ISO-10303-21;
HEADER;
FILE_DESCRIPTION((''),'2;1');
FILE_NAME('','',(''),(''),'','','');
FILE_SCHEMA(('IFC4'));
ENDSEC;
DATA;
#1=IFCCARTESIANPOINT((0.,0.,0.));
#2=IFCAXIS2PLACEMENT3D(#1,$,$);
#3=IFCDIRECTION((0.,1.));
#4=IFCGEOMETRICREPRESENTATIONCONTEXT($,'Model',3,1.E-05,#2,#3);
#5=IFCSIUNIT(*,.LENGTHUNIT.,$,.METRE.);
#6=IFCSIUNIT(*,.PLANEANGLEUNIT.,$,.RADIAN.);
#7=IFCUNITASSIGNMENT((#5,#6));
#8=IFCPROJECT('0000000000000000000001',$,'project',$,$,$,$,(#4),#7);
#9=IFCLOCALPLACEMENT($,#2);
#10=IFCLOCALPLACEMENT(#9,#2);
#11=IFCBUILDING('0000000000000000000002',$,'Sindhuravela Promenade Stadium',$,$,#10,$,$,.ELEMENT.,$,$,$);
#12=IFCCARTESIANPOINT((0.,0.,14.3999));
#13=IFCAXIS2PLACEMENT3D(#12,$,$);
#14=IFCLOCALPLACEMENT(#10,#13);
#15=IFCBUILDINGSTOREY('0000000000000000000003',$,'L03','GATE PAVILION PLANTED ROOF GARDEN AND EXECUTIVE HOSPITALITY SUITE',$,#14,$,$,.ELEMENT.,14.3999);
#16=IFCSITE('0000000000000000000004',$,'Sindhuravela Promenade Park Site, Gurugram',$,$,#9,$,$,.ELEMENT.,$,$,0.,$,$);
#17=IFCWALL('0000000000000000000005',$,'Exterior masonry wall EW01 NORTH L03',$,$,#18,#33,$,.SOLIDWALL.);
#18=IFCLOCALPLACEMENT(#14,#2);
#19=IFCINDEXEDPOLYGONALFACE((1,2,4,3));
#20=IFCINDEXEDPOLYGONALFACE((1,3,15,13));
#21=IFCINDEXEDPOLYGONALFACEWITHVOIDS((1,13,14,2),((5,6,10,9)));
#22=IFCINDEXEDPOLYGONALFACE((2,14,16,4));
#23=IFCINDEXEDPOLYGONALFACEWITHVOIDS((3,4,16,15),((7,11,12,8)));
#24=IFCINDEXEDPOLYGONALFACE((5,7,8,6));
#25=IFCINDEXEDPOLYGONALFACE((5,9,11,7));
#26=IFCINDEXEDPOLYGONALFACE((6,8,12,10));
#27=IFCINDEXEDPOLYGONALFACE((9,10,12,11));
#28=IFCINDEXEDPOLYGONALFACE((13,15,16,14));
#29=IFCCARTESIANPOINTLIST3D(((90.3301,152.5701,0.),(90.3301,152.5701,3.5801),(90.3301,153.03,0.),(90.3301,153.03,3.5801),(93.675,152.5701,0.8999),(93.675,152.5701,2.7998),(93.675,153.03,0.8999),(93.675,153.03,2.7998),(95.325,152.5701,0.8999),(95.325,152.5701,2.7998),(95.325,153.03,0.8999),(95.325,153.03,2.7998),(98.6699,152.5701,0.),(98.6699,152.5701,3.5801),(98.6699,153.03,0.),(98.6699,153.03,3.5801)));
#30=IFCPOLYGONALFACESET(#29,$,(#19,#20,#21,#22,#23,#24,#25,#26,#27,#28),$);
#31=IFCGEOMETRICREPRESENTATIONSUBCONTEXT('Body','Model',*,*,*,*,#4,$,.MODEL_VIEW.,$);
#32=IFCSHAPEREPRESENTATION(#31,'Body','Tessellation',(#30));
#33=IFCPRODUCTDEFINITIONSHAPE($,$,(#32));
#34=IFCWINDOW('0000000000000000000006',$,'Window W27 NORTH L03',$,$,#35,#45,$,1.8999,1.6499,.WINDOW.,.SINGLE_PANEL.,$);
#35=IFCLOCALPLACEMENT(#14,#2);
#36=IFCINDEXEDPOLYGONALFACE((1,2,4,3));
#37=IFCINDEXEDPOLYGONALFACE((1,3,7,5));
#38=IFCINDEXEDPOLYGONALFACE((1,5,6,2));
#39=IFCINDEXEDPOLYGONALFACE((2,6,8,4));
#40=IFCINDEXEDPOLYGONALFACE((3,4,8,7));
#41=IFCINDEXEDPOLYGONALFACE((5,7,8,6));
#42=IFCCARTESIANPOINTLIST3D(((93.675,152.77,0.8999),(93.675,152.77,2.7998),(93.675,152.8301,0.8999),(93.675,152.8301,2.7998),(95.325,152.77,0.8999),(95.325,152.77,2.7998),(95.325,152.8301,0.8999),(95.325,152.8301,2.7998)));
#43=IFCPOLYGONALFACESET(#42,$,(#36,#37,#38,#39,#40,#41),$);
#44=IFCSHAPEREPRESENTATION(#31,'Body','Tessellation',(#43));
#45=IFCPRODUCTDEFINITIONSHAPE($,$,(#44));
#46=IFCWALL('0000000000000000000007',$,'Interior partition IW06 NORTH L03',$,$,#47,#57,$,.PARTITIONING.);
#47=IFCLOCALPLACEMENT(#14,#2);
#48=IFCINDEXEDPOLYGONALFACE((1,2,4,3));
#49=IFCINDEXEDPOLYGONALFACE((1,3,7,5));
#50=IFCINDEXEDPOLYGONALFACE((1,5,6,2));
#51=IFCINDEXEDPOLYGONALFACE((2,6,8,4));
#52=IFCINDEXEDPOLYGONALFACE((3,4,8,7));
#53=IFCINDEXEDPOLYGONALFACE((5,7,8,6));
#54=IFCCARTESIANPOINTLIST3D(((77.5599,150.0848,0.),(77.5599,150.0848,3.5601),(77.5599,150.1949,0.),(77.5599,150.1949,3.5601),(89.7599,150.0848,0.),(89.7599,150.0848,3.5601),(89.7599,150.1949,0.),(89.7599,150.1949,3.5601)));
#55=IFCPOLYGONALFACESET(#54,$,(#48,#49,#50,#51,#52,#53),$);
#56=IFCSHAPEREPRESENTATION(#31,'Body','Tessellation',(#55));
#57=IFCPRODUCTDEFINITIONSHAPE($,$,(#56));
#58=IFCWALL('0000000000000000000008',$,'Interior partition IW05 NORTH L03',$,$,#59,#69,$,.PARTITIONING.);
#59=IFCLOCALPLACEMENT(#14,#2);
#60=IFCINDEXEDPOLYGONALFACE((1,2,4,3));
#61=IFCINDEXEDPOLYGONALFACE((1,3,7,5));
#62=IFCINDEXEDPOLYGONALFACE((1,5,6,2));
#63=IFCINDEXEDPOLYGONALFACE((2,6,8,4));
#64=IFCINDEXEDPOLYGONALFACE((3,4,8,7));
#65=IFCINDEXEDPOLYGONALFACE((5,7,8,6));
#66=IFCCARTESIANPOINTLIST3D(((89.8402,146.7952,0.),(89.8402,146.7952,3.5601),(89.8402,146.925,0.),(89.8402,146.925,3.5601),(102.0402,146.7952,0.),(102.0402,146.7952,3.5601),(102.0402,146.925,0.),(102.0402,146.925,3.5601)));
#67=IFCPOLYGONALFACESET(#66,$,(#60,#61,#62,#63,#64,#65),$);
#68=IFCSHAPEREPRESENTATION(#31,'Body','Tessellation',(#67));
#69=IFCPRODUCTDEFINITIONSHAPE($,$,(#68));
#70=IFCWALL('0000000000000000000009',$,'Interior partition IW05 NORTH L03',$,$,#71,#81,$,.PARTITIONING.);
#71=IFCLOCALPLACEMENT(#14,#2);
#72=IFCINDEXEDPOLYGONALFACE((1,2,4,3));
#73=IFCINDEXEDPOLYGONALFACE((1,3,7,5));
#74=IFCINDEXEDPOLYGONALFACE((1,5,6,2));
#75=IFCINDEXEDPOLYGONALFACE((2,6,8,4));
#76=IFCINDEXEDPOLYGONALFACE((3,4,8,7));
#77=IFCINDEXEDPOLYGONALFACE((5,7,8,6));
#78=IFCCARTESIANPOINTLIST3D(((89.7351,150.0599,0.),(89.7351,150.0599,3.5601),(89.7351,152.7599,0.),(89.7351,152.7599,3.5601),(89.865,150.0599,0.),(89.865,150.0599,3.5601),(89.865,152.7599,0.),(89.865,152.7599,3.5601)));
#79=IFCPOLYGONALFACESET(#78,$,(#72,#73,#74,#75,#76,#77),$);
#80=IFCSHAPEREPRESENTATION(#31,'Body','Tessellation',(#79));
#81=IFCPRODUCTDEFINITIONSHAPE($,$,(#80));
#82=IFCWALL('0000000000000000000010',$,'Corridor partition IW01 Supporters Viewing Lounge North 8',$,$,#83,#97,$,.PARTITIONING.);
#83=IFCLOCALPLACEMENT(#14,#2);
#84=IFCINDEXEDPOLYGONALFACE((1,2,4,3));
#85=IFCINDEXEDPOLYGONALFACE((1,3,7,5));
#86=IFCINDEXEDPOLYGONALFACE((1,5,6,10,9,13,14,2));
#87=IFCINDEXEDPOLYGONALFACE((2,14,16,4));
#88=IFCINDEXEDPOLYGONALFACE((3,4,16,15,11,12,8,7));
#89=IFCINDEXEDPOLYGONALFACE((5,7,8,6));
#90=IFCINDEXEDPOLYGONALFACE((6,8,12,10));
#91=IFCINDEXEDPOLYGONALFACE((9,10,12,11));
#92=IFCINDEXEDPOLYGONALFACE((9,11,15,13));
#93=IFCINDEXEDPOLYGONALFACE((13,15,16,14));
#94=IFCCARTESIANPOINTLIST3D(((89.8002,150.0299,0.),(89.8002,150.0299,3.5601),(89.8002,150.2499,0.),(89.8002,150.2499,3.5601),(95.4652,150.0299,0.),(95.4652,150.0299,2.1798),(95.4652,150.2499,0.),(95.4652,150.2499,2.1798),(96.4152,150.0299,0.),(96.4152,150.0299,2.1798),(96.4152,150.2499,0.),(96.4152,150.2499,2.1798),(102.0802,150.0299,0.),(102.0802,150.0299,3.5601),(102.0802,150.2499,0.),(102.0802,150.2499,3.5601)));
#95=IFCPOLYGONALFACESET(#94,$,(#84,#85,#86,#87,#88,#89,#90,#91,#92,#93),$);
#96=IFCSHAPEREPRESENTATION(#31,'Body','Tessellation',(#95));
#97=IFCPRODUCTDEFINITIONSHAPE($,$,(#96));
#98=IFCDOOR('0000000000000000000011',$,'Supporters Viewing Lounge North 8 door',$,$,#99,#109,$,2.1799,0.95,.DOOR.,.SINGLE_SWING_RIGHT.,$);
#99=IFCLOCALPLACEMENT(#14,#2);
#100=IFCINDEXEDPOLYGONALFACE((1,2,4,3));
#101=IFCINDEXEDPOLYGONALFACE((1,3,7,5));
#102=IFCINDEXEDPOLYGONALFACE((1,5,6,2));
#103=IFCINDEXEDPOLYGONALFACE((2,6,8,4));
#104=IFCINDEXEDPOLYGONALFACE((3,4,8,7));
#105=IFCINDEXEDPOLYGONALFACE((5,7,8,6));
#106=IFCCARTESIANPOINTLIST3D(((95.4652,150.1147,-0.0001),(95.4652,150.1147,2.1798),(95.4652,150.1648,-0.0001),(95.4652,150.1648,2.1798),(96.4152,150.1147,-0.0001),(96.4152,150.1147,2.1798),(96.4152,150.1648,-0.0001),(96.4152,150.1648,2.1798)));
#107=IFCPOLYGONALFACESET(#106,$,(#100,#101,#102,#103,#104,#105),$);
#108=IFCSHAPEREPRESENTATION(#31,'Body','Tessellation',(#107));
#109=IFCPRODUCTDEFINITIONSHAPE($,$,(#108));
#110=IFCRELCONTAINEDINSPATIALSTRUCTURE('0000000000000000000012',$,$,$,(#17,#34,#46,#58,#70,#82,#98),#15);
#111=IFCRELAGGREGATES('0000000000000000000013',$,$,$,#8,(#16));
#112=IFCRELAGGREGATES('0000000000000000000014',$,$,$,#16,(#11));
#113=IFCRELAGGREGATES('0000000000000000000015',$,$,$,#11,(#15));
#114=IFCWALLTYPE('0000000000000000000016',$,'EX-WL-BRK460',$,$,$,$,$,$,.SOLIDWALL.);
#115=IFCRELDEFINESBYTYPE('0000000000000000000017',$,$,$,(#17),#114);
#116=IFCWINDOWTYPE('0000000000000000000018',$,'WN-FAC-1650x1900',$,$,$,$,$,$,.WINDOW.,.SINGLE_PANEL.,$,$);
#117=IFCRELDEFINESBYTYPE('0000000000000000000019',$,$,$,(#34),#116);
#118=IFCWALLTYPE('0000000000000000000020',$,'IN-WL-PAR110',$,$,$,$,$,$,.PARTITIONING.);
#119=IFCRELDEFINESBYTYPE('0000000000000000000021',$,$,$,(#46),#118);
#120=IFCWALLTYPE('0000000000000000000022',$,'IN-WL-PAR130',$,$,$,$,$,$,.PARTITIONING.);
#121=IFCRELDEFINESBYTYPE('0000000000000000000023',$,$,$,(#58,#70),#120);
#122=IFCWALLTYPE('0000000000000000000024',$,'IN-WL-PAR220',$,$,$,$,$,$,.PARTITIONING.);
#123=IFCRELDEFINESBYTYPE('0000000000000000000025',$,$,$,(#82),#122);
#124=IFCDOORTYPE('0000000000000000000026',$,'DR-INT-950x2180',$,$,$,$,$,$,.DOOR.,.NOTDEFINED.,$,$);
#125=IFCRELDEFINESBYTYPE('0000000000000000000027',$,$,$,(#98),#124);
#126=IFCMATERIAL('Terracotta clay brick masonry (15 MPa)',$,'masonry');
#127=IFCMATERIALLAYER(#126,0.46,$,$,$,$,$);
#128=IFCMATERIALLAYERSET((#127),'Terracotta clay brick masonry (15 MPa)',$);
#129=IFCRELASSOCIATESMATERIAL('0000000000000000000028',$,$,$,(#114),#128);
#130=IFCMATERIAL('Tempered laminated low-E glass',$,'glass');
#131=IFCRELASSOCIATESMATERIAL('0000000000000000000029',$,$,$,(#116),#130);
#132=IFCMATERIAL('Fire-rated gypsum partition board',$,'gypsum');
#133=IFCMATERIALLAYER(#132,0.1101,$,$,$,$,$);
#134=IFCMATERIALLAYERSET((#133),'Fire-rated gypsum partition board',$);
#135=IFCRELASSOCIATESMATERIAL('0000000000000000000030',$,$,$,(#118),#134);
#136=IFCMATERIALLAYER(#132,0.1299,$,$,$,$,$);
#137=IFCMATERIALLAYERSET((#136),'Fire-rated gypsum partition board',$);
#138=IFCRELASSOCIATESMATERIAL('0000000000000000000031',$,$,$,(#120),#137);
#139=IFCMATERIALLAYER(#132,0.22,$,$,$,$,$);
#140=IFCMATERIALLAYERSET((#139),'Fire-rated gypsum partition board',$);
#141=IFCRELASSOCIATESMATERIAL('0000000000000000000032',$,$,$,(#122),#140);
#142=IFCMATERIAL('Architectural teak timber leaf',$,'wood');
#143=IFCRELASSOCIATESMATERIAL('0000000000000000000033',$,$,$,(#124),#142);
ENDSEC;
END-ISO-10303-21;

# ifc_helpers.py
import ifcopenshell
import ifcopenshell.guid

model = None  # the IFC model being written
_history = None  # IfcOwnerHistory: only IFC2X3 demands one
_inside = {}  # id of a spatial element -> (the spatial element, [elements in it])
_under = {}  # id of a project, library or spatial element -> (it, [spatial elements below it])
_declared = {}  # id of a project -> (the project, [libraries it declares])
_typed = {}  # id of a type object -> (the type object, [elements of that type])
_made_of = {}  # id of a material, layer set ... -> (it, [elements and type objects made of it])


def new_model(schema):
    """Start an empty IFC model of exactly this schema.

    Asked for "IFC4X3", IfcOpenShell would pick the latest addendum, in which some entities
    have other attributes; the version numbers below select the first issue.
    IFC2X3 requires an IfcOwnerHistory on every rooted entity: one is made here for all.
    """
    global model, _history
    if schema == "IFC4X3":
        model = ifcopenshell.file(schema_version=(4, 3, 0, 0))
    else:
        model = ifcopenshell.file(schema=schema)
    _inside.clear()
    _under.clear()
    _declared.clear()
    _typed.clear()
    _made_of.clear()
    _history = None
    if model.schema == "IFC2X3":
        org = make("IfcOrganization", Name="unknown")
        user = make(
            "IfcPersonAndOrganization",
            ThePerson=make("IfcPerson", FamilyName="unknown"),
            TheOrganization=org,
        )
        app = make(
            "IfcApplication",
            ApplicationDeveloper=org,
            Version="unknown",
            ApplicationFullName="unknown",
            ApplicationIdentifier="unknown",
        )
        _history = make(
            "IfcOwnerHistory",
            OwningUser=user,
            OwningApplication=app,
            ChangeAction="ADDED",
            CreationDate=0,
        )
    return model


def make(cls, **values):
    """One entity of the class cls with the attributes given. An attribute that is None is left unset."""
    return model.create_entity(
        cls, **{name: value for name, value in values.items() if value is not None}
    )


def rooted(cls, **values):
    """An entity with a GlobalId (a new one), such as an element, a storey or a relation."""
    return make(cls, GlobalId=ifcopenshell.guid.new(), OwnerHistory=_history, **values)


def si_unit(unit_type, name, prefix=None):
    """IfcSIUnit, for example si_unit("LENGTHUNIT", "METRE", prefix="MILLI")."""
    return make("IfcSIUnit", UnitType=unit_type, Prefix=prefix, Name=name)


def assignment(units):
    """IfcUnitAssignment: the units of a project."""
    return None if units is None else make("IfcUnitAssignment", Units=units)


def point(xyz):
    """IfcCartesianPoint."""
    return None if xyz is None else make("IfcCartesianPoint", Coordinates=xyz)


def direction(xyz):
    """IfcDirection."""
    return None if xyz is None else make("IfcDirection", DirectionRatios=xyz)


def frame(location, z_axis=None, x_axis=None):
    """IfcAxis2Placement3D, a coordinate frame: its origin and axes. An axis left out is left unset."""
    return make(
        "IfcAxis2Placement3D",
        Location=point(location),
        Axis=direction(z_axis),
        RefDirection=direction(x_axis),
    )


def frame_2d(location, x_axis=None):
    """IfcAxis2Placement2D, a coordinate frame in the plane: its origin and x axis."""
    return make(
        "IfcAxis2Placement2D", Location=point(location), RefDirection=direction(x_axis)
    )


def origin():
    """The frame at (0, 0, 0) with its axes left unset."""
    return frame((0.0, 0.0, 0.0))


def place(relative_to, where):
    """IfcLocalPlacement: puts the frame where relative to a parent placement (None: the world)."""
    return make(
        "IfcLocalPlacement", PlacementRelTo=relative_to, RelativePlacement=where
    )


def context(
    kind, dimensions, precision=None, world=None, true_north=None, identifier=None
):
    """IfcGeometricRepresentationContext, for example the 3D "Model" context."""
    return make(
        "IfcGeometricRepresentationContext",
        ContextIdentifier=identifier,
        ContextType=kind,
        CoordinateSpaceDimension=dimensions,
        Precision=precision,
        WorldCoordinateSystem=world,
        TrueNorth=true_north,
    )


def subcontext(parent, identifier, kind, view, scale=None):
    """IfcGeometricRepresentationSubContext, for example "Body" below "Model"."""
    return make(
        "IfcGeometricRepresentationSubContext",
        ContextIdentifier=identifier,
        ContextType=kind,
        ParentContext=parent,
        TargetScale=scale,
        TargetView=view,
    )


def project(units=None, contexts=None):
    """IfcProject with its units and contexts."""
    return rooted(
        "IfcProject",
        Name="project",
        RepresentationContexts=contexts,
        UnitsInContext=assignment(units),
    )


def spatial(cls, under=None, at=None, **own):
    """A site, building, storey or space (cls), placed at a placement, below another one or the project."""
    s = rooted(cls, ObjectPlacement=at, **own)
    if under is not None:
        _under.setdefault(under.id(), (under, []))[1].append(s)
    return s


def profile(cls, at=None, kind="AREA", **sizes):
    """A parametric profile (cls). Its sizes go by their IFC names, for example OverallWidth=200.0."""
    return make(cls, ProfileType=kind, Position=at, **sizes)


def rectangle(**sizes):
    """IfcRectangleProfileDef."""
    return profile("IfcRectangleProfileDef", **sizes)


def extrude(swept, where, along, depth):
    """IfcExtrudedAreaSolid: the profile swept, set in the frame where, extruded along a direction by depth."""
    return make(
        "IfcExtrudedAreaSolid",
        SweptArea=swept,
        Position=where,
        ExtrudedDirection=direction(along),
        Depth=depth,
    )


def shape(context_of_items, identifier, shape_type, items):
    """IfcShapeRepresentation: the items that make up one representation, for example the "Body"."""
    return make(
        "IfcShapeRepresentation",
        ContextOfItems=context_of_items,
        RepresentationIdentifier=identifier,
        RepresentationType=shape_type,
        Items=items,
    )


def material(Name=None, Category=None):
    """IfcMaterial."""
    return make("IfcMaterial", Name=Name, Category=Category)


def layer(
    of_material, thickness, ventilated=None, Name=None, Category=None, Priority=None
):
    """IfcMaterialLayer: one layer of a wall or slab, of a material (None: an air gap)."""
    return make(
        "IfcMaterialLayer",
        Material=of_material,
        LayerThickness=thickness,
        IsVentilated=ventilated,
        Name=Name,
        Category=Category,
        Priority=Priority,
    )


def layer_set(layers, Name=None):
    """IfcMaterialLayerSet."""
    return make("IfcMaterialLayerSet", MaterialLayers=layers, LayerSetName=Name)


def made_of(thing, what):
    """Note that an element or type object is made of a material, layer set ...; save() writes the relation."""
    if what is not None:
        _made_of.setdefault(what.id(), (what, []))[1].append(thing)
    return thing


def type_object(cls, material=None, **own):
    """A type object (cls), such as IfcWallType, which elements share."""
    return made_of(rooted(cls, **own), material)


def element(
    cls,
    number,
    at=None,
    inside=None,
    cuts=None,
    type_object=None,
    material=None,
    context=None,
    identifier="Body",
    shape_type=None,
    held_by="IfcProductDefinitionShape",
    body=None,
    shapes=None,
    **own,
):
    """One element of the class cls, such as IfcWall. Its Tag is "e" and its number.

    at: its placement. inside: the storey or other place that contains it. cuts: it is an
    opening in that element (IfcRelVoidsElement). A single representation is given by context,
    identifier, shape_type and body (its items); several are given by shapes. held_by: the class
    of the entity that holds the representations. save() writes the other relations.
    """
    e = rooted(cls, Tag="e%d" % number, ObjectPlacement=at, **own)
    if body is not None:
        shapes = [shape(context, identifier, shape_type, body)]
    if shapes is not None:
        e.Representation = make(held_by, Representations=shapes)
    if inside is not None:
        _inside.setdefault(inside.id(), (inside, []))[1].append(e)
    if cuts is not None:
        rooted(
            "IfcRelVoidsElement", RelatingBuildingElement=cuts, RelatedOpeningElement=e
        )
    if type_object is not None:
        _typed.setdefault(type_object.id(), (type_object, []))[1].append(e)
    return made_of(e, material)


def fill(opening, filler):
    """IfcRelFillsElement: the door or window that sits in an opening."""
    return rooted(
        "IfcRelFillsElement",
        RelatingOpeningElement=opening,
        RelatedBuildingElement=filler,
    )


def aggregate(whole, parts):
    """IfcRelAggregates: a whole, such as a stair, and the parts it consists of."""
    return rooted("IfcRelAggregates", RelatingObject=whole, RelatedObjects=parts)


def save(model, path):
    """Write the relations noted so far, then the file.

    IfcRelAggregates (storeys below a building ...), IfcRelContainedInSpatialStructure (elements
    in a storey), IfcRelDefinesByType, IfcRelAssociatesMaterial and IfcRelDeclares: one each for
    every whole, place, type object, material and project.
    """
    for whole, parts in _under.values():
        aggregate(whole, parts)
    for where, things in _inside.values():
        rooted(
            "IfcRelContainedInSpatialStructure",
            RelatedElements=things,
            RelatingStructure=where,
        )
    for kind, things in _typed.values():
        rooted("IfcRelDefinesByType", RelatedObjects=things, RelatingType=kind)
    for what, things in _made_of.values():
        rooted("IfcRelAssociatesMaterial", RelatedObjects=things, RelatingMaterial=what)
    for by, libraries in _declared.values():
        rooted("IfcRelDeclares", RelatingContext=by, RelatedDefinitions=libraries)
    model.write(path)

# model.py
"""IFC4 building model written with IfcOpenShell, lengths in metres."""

from ifc_helpers import new_model, si_unit, direction, frame, frame_2d, origin, place, context, subcontext, project, spatial, rectangle, extrude, material, layer, layer_set, type_object, element, fill, save


model = new_model("IFC4")

# Units and contexts
model_context = context("Model", 3, precision=1e-05, world=origin(), true_north=direction((0.0, 1.0)))
body_context = subcontext(model_context, "Body", "Model", "MODEL_VIEW")
ifc_project = project(units=[si_unit("LENGTHUNIT", "METRE"), si_unit("PLANEANGLEUNIT", "RADIAN")], contexts=[model_context])

# Site, building, storey
site_placement = place(None, origin())
site = spatial("IfcSite", under=ifc_project, at=site_placement, Name="Sindhuravela Promenade Park Site, Gurugram", CompositionType="ELEMENT", RefElevation=0.0)
building_placement = place(site_placement, origin())
building = spatial("IfcBuilding", under=site, at=building_placement, Name="Sindhuravela Promenade Stadium", CompositionType="ELEMENT")
storey_placement = place(building_placement, frame((0.0, 0.0, 14.3999)))
storey = spatial("IfcBuildingStorey", under=building, at=storey_placement, Name="L03", Description="GATE PAVILION PLANTED ROOF GARDEN AND EXECUTIVE HOSPITALITY SUITE", CompositionType="ELEMENT", Elevation=14.3999)

# Wall, opening, window
ifc_material_1 = material(Name="Terracotta clay brick masonry (15 MPa)", Category="masonry")
ifc_layer_1 = layer(ifc_material_1, 0.46)
ifc_layer_set_1 = layer_set([ifc_layer_1], Name="Terracotta clay brick masonry (15 MPa)")
wall_type_1 = type_object("IfcWallType", Name="EX-WL-BRK460", PredefinedType="SOLIDWALL", material=ifc_layer_set_1)
wall_1_placement = place(storey_placement, frame((90.3301, 152.8, 0.0), z_axis=(0.0, 0.0, 1.0), x_axis=(1.0, 0.0, 0.0)))
wall_1 = element("IfcWall", 1, at=wall_1_placement, inside=storey, type_object=wall_type_1, Name="Exterior masonry wall EW01 NORTH L03", PredefinedType="SOLIDWALL", context=body_context, shape_type="SweptSolid", body=[
    extrude(rectangle(XDim=8.3398, YDim=0.46, at=frame_2d((4.1699, 0.0))), origin(), (0.0, 0.0, 1.0), 3.5801),
])
opening_1_placement = place(wall_1_placement, frame((3.345, 0.0, 0.8999)))
opening_1 = element("IfcOpeningElement", 2, at=opening_1_placement, cuts=wall_1, PredefinedType="OPENING", context=body_context, shape_type="SweptSolid", body=[
    extrude(rectangle(XDim=1.6499, YDim=1.8999, at=frame_2d((0.825, 0.95))), frame((0.0, 0.24, 0.0), z_axis=(0.0, -1.0, 0.0), x_axis=(1.0, 0.0, 0.0)), (0.0, 0.0, 1.0), 0.48),
])
ifc_material_2 = material(Name="Tempered laminated low-E glass", Category="glass")
window_type = type_object("IfcWindowType", Name="WN-FAC-1650x1900", PartitioningType="SINGLE_PANEL", PredefinedType="WINDOW", material=ifc_material_2)
window_placement = place(opening_1_placement, origin())
window = element("IfcWindow", 3, at=window_placement, inside=storey, type_object=window_type, Name="Window W27 NORTH L03", OverallHeight=1.8999, OverallWidth=1.6499, PartitioningType="SINGLE_PANEL", PredefinedType="WINDOW", context=body_context, shape_type="SweptSolid", body=[
    extrude(rectangle(XDim=1.6499, YDim=1.8999, at=frame_2d((0.825, 0.95))), frame((0.0, 0.03, 0.0), z_axis=(0.0, -1.0, 0.0), x_axis=(1.0, 0.0, 0.0)), (0.0, 0.0, 1.0), 0.0601),
])
fill(opening_1, window)

# Walls
ifc_material_3 = material(Name="Fire-rated gypsum partition board", Category="gypsum")
ifc_layer_2 = layer(ifc_material_3, 0.1101)
ifc_layer_set_2 = layer_set([ifc_layer_2], Name="Fire-rated gypsum partition board")
wall_type_2 = type_object("IfcWallType", Name="IN-WL-PAR110", PredefinedType="PARTITIONING", material=ifc_layer_set_2)
wall_2_placement = place(storey_placement, frame((89.76, 150.1399, 0.0), z_axis=(0.0, 0.0, 1.0), x_axis=(-1.0, 0.0, 0.0)))
element("IfcWall", 4, at=wall_2_placement, inside=storey, type_object=wall_type_2, Name="Interior partition IW06 NORTH L03", PredefinedType="PARTITIONING", context=body_context, shape_type="SweptSolid", body=[
    extrude(rectangle(XDim=12.2, YDim=0.1101, at=frame_2d((6.1001, 0.0))), origin(), (0.0, 0.0, 1.0), 3.5601),
])
ifc_layer_3 = layer(ifc_material_3, 0.1299)
ifc_layer_set_3 = layer_set([ifc_layer_3], Name="Fire-rated gypsum partition board")
wall_type_3 = type_object("IfcWallType", Name="IN-WL-PAR130", PredefinedType="PARTITIONING", material=ifc_layer_set_3)
wall_3_placement = place(storey_placement, frame((89.8401, 146.8601, 0.0), z_axis=(0.0, 0.0, 1.0), x_axis=(1.0, 0.0, 0.0)))
element("IfcWall", 5, at=wall_3_placement, inside=storey, type_object=wall_type_3, Name="Interior partition IW05 NORTH L03", PredefinedType="PARTITIONING", context=body_context, shape_type="SweptSolid", body=[
    extrude(rectangle(XDim=12.2, YDim=0.1299, at=frame_2d((6.1001, 0.0))), origin(), (0.0, 0.0, 1.0), 3.5601),
])
wall_4_placement = place(storey_placement, frame((89.8, 152.76, 0.0), z_axis=(0.0, 0.0, 1.0), x_axis=(0.0, -1.0, 0.0)))
element("IfcWall", 6, at=wall_4_placement, inside=storey, type_object=wall_type_3, Name="Interior partition IW05 NORTH L03", PredefinedType="PARTITIONING", context=body_context, shape_type="SweptSolid", body=[
    extrude(rectangle(XDim=2.7, YDim=0.1299, at=frame_2d((1.3501, 0.0))), origin(), (0.0, 0.0, 1.0), 3.5601),
])

# Wall, opening, door
ifc_layer_4 = layer(ifc_material_3, 0.22)
ifc_layer_set_4 = layer_set([ifc_layer_4], Name="Fire-rated gypsum partition board")
wall_type_4 = type_object("IfcWallType", Name="IN-WL-PAR220", PredefinedType="PARTITIONING", material=ifc_layer_set_4)
wall_5_placement = place(storey_placement, frame((89.8, 150.1399, 0.0), z_axis=(0.0, 0.0, 1.0), x_axis=(1.0, 0.0, 0.0)))
wall_5 = element("IfcWall", 7, at=wall_5_placement, inside=storey, type_object=wall_type_4, Name="Corridor partition IW01 Supporters Viewing Lounge North 8", PredefinedType="PARTITIONING", context=body_context, shape_type="SweptSolid", body=[
    extrude(rectangle(XDim=12.28, YDim=0.22, at=frame_2d((6.1401, 0.0))), origin(), (0.0, 0.0, 1.0), 3.5601),
])
opening_2_placement = place(wall_5_placement, frame((5.665, 0.0, 0.0)))
opening_2 = element("IfcOpeningElement", 8, at=opening_2_placement, cuts=wall_5, PredefinedType="OPENING", context=body_context, shape_type="SweptSolid", body=[
    extrude(rectangle(XDim=0.95, YDim=2.1799, at=frame_2d((0.4751, 1.0898))), frame((0.0, 0.1199, 0.0), z_axis=(0.0, -1.0, 0.0), x_axis=(1.0, 0.0, 0.0)), (0.0, 0.0, 1.0), 0.24),
])
ifc_material_4 = material(Name="Architectural teak timber leaf", Category="wood")
door_type = type_object("IfcDoorType", Name="DR-INT-950x2180", OperationType="NOTDEFINED", PredefinedType="DOOR", material=ifc_material_4)
door_placement = place(opening_2_placement, origin())
door = element("IfcDoor", 9, at=door_placement, inside=storey, type_object=door_type, Name="Supporters Viewing Lounge North 8 door", OperationType="SINGLE_SWING_RIGHT", OverallHeight=2.1799, OverallWidth=0.95, PredefinedType="DOOR", context=body_context, shape_type="SweptSolid", body=[
    extrude(rectangle(XDim=0.95, YDim=2.1799, at=frame_2d((0.4751, 1.0898))), frame((0.0, 0.0249, 0.0), z_axis=(0.0, -1.0, 0.0), x_axis=(1.0, 0.0, 0.0)), (0.0, 0.0, 1.0), 0.05),
])
fill(opening_2, door)

save(model, "model.ifc")
